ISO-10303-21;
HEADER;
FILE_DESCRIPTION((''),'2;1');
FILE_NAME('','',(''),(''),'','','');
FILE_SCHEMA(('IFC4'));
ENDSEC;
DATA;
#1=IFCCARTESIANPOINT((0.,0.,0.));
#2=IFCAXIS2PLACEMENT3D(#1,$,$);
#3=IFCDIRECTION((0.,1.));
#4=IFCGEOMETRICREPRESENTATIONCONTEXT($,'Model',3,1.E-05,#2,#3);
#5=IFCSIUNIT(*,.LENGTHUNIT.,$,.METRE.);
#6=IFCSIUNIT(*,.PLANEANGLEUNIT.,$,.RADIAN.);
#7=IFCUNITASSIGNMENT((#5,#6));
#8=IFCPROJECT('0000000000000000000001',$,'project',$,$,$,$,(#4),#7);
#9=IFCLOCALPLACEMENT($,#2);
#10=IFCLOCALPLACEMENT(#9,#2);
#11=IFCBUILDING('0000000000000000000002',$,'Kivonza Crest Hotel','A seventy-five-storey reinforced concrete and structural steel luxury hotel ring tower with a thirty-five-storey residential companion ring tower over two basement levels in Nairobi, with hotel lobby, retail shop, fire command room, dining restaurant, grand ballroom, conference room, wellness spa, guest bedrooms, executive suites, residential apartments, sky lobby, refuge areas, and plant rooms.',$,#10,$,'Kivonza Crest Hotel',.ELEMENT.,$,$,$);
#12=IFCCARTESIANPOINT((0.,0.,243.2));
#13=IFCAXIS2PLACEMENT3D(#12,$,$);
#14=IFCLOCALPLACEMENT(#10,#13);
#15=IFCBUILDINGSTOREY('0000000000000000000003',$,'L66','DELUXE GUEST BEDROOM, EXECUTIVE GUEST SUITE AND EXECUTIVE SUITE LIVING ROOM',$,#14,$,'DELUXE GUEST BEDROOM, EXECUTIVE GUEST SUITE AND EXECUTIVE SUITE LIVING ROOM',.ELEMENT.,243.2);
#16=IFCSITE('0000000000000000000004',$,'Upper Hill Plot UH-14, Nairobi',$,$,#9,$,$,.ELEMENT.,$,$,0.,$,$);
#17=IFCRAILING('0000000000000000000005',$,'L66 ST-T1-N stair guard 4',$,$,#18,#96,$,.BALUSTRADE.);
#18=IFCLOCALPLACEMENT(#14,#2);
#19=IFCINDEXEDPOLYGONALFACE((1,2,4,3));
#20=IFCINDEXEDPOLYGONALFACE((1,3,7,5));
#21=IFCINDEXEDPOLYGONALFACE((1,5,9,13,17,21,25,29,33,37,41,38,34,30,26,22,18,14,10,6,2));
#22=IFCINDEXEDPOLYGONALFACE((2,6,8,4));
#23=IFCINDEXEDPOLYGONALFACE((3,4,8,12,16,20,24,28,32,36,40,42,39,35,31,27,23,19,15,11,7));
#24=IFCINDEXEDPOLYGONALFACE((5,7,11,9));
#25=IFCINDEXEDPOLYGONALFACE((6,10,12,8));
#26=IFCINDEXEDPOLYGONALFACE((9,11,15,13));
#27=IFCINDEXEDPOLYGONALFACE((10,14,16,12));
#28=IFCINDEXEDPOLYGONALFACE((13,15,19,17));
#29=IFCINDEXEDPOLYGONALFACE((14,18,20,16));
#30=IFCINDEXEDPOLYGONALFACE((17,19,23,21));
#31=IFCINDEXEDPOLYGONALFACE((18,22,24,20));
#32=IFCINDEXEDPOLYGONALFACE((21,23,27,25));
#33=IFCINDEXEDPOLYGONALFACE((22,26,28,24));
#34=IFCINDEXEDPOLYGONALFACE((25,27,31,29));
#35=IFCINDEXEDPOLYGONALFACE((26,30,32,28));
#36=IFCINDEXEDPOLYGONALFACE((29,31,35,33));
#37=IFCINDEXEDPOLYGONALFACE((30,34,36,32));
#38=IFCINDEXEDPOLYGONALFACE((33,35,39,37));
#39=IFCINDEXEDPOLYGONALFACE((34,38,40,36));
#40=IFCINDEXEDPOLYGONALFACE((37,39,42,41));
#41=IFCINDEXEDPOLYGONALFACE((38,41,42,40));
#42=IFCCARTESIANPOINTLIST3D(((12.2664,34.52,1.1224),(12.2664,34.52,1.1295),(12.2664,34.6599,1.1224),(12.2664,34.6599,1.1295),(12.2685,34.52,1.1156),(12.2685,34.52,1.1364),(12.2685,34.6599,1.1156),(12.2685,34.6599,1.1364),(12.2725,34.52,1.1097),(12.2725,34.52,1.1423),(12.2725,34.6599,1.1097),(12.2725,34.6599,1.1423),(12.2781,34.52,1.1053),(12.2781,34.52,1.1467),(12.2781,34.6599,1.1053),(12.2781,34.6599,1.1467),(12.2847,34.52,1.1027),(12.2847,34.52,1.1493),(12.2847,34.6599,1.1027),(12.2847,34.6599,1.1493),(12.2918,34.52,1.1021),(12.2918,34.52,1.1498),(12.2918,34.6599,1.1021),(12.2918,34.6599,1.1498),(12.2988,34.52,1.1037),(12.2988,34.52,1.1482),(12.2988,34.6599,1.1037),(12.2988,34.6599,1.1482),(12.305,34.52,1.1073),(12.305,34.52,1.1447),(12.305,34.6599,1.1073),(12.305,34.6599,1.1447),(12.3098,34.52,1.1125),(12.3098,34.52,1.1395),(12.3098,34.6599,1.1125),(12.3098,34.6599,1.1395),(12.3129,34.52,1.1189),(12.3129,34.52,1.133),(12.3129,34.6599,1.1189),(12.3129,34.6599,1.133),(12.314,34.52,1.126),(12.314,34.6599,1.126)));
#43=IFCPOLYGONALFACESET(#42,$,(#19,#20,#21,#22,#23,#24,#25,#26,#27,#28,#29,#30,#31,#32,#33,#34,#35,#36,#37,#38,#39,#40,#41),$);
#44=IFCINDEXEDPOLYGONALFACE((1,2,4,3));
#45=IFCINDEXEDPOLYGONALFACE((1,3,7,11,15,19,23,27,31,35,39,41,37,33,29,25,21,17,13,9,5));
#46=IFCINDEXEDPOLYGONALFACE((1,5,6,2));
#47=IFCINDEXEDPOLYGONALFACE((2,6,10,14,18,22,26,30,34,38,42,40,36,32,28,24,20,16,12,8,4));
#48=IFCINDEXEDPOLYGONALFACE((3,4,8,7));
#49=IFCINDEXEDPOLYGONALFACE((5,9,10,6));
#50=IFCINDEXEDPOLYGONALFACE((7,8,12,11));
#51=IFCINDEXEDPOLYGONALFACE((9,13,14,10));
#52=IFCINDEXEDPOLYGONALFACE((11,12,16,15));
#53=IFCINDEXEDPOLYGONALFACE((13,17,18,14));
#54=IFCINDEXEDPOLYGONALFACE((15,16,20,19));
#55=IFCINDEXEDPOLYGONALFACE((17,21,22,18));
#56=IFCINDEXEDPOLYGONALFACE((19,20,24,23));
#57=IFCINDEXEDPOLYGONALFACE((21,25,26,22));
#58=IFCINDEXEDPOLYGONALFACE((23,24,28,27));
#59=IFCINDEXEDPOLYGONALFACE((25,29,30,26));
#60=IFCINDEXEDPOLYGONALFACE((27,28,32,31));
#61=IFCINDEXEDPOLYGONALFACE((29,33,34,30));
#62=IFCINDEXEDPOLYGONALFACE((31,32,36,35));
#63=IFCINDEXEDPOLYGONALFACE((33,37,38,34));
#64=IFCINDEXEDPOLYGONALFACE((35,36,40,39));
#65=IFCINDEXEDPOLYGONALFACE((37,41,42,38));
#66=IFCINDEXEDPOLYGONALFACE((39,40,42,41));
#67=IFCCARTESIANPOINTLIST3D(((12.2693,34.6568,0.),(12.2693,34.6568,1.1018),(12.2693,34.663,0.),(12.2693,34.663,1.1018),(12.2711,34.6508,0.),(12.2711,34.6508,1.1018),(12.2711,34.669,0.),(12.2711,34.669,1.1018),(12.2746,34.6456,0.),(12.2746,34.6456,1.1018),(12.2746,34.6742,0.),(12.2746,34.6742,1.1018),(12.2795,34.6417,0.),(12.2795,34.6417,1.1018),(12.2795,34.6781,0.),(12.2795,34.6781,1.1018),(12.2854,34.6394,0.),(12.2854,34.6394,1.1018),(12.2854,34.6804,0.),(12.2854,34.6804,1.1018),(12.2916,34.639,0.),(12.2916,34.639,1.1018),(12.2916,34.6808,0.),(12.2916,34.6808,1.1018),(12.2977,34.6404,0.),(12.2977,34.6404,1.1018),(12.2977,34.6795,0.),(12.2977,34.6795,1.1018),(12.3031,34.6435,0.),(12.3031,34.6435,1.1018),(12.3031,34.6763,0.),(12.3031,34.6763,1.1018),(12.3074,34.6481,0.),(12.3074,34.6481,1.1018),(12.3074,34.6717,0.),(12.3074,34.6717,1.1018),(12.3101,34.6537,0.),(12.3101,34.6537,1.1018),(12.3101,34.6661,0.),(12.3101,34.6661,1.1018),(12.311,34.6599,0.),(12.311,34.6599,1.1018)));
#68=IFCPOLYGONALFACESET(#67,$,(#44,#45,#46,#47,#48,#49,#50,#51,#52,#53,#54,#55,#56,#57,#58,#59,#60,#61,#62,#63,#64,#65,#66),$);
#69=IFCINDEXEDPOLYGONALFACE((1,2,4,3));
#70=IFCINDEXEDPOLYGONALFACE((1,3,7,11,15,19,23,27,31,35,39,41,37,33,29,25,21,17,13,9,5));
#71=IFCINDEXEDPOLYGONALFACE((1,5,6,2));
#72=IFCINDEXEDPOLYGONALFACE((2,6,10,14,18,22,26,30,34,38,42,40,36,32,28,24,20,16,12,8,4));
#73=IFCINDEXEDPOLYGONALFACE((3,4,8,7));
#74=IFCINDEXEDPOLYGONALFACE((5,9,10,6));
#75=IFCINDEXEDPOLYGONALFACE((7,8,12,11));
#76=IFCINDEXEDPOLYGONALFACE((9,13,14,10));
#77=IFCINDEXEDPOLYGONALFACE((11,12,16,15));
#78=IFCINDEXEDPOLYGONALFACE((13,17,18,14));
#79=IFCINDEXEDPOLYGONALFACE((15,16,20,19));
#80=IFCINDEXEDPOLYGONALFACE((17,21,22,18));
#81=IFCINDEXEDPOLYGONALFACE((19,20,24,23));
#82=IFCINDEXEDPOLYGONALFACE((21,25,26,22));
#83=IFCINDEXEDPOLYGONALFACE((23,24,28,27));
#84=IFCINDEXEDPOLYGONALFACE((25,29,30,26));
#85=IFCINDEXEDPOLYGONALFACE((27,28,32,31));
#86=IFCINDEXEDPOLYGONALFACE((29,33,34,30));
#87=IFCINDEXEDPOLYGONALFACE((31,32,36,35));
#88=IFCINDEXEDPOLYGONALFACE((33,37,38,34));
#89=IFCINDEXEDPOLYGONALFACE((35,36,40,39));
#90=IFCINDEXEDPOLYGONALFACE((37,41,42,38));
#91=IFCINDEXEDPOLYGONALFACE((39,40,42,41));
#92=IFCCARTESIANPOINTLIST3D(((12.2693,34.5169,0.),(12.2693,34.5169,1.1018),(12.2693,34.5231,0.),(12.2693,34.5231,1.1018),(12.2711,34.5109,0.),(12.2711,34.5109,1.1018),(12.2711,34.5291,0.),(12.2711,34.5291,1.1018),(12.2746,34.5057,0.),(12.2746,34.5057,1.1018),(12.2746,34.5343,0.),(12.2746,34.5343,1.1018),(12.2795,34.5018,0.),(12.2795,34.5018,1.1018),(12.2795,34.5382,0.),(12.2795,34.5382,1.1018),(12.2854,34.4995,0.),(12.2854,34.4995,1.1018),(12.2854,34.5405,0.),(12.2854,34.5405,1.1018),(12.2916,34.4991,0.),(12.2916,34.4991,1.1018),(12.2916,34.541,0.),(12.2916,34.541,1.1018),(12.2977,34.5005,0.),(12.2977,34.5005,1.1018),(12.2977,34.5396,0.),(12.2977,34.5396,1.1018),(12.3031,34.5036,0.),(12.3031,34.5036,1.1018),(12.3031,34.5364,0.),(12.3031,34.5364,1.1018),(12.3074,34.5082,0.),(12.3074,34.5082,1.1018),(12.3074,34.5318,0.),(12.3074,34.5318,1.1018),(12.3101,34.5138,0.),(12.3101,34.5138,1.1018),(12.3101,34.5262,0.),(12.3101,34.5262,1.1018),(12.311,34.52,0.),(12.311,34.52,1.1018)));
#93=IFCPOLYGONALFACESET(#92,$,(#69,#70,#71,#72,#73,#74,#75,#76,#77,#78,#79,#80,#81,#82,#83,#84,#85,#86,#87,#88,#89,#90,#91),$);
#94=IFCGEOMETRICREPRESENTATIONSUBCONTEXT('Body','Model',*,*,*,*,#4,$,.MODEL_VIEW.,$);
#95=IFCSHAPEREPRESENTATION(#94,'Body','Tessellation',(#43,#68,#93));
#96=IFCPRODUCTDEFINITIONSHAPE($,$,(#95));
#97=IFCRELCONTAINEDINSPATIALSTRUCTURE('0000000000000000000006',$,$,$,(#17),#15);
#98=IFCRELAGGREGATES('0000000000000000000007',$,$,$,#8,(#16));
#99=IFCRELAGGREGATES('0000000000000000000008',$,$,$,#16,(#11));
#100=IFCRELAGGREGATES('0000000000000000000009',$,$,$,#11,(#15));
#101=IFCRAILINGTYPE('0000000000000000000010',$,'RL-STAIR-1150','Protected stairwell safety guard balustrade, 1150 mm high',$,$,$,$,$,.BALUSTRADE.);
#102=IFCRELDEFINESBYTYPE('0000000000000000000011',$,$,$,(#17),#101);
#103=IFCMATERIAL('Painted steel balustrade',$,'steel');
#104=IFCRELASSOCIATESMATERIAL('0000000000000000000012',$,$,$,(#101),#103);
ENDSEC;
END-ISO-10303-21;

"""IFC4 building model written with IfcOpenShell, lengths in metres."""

from ifc_helpers import new_model, si_unit, direction, frame, origin, origin_2d, place, context, subcontext, project, spatial, circle, extrude, material, type_object, element, save


model = new_model("IFC4")

# Units and contexts
model_context = context("Model", 3, precision=1e-05, world=origin(), true_north=direction((0.0, 1.0)))
body_context = subcontext(model_context, "Body", "Model", "MODEL_VIEW")
ifc_project = project(units=[si_unit("LENGTHUNIT", "METRE"), si_unit("PLANEANGLEUNIT", "RADIAN")], contexts=[model_context])

# Site, building, storey
site_placement = place(None, origin())
site = spatial("IfcSite", under=ifc_project, at=site_placement, Name="Upper Hill Plot UH-14, Nairobi", CompositionType="ELEMENT", RefElevation=0.0)
building_placement = place(site_placement, origin())
building = spatial("IfcBuilding", under=site, at=building_placement, Name="Kivonza Crest Hotel", Description="A seventy-five-storey reinforced concrete and structural steel luxury hotel ring tower with a thirty-five-storey residential companion ring tower over two basement levels in Nairobi, with hotel lobby, retail shop, fire command room, dining restaurant, grand ballroom, conference room, wellness spa, guest bedrooms, executive suites, residential apartments, sky lobby, refuge areas, and plant rooms.", LongName="Kivonza Crest Hotel", CompositionType="ELEMENT")
storey_placement = place(building_placement, frame((0.0, 0.0, 243.2)))
storey = spatial("IfcBuildingStorey", under=building, at=storey_placement, Name="L66", Description="DELUXE GUEST BEDROOM, EXECUTIVE GUEST SUITE AND EXECUTIVE SUITE LIVING ROOM", LongName="DELUXE GUEST BEDROOM, EXECUTIVE GUEST SUITE AND EXECUTIVE SUITE LIVING ROOM", CompositionType="ELEMENT", Elevation=243.2)

# Railing
ifc_material_1 = material(Name="Painted steel balustrade", Category="steel")
railing_type_1 = type_object("IfcRailingType", Name="RL-STAIR-1150", Description="Protected stairwell safety guard balustrade, 1150 mm high", PredefinedType="BALUSTRADE", material=ifc_material_1)
railing_1_placement = place(storey_placement, frame((12.29, 34.6599, 0.0)))
element("IfcRailing", 1, at=railing_1_placement, inside=storey, type_object=railing_type_1, Name="L66 ST-T1-N stair guard 4", PredefinedType="BALUSTRADE", context=body_context, shape_type="SweptSolid", body=[
    extrude(circle(Radius=0.0239, at=origin_2d()), frame((0.0, 0.0, 1.126), z_axis=(0.0, -1.0, 0.0), x_axis=(1.0, 0.0, 0.0)), (0.0, 0.0, 1.0), 0.1399),
    extrude(circle(Radius=0.021, at=origin_2d()), origin(), (0.0, 0.0, 1.0), 1.1018),
    extrude(circle(Radius=0.021, at=origin_2d()), frame((0.0, -0.1399, 0.0)), (0.0, 0.0, 1.0), 1.1018),
])

save(model, "model.ifc")
